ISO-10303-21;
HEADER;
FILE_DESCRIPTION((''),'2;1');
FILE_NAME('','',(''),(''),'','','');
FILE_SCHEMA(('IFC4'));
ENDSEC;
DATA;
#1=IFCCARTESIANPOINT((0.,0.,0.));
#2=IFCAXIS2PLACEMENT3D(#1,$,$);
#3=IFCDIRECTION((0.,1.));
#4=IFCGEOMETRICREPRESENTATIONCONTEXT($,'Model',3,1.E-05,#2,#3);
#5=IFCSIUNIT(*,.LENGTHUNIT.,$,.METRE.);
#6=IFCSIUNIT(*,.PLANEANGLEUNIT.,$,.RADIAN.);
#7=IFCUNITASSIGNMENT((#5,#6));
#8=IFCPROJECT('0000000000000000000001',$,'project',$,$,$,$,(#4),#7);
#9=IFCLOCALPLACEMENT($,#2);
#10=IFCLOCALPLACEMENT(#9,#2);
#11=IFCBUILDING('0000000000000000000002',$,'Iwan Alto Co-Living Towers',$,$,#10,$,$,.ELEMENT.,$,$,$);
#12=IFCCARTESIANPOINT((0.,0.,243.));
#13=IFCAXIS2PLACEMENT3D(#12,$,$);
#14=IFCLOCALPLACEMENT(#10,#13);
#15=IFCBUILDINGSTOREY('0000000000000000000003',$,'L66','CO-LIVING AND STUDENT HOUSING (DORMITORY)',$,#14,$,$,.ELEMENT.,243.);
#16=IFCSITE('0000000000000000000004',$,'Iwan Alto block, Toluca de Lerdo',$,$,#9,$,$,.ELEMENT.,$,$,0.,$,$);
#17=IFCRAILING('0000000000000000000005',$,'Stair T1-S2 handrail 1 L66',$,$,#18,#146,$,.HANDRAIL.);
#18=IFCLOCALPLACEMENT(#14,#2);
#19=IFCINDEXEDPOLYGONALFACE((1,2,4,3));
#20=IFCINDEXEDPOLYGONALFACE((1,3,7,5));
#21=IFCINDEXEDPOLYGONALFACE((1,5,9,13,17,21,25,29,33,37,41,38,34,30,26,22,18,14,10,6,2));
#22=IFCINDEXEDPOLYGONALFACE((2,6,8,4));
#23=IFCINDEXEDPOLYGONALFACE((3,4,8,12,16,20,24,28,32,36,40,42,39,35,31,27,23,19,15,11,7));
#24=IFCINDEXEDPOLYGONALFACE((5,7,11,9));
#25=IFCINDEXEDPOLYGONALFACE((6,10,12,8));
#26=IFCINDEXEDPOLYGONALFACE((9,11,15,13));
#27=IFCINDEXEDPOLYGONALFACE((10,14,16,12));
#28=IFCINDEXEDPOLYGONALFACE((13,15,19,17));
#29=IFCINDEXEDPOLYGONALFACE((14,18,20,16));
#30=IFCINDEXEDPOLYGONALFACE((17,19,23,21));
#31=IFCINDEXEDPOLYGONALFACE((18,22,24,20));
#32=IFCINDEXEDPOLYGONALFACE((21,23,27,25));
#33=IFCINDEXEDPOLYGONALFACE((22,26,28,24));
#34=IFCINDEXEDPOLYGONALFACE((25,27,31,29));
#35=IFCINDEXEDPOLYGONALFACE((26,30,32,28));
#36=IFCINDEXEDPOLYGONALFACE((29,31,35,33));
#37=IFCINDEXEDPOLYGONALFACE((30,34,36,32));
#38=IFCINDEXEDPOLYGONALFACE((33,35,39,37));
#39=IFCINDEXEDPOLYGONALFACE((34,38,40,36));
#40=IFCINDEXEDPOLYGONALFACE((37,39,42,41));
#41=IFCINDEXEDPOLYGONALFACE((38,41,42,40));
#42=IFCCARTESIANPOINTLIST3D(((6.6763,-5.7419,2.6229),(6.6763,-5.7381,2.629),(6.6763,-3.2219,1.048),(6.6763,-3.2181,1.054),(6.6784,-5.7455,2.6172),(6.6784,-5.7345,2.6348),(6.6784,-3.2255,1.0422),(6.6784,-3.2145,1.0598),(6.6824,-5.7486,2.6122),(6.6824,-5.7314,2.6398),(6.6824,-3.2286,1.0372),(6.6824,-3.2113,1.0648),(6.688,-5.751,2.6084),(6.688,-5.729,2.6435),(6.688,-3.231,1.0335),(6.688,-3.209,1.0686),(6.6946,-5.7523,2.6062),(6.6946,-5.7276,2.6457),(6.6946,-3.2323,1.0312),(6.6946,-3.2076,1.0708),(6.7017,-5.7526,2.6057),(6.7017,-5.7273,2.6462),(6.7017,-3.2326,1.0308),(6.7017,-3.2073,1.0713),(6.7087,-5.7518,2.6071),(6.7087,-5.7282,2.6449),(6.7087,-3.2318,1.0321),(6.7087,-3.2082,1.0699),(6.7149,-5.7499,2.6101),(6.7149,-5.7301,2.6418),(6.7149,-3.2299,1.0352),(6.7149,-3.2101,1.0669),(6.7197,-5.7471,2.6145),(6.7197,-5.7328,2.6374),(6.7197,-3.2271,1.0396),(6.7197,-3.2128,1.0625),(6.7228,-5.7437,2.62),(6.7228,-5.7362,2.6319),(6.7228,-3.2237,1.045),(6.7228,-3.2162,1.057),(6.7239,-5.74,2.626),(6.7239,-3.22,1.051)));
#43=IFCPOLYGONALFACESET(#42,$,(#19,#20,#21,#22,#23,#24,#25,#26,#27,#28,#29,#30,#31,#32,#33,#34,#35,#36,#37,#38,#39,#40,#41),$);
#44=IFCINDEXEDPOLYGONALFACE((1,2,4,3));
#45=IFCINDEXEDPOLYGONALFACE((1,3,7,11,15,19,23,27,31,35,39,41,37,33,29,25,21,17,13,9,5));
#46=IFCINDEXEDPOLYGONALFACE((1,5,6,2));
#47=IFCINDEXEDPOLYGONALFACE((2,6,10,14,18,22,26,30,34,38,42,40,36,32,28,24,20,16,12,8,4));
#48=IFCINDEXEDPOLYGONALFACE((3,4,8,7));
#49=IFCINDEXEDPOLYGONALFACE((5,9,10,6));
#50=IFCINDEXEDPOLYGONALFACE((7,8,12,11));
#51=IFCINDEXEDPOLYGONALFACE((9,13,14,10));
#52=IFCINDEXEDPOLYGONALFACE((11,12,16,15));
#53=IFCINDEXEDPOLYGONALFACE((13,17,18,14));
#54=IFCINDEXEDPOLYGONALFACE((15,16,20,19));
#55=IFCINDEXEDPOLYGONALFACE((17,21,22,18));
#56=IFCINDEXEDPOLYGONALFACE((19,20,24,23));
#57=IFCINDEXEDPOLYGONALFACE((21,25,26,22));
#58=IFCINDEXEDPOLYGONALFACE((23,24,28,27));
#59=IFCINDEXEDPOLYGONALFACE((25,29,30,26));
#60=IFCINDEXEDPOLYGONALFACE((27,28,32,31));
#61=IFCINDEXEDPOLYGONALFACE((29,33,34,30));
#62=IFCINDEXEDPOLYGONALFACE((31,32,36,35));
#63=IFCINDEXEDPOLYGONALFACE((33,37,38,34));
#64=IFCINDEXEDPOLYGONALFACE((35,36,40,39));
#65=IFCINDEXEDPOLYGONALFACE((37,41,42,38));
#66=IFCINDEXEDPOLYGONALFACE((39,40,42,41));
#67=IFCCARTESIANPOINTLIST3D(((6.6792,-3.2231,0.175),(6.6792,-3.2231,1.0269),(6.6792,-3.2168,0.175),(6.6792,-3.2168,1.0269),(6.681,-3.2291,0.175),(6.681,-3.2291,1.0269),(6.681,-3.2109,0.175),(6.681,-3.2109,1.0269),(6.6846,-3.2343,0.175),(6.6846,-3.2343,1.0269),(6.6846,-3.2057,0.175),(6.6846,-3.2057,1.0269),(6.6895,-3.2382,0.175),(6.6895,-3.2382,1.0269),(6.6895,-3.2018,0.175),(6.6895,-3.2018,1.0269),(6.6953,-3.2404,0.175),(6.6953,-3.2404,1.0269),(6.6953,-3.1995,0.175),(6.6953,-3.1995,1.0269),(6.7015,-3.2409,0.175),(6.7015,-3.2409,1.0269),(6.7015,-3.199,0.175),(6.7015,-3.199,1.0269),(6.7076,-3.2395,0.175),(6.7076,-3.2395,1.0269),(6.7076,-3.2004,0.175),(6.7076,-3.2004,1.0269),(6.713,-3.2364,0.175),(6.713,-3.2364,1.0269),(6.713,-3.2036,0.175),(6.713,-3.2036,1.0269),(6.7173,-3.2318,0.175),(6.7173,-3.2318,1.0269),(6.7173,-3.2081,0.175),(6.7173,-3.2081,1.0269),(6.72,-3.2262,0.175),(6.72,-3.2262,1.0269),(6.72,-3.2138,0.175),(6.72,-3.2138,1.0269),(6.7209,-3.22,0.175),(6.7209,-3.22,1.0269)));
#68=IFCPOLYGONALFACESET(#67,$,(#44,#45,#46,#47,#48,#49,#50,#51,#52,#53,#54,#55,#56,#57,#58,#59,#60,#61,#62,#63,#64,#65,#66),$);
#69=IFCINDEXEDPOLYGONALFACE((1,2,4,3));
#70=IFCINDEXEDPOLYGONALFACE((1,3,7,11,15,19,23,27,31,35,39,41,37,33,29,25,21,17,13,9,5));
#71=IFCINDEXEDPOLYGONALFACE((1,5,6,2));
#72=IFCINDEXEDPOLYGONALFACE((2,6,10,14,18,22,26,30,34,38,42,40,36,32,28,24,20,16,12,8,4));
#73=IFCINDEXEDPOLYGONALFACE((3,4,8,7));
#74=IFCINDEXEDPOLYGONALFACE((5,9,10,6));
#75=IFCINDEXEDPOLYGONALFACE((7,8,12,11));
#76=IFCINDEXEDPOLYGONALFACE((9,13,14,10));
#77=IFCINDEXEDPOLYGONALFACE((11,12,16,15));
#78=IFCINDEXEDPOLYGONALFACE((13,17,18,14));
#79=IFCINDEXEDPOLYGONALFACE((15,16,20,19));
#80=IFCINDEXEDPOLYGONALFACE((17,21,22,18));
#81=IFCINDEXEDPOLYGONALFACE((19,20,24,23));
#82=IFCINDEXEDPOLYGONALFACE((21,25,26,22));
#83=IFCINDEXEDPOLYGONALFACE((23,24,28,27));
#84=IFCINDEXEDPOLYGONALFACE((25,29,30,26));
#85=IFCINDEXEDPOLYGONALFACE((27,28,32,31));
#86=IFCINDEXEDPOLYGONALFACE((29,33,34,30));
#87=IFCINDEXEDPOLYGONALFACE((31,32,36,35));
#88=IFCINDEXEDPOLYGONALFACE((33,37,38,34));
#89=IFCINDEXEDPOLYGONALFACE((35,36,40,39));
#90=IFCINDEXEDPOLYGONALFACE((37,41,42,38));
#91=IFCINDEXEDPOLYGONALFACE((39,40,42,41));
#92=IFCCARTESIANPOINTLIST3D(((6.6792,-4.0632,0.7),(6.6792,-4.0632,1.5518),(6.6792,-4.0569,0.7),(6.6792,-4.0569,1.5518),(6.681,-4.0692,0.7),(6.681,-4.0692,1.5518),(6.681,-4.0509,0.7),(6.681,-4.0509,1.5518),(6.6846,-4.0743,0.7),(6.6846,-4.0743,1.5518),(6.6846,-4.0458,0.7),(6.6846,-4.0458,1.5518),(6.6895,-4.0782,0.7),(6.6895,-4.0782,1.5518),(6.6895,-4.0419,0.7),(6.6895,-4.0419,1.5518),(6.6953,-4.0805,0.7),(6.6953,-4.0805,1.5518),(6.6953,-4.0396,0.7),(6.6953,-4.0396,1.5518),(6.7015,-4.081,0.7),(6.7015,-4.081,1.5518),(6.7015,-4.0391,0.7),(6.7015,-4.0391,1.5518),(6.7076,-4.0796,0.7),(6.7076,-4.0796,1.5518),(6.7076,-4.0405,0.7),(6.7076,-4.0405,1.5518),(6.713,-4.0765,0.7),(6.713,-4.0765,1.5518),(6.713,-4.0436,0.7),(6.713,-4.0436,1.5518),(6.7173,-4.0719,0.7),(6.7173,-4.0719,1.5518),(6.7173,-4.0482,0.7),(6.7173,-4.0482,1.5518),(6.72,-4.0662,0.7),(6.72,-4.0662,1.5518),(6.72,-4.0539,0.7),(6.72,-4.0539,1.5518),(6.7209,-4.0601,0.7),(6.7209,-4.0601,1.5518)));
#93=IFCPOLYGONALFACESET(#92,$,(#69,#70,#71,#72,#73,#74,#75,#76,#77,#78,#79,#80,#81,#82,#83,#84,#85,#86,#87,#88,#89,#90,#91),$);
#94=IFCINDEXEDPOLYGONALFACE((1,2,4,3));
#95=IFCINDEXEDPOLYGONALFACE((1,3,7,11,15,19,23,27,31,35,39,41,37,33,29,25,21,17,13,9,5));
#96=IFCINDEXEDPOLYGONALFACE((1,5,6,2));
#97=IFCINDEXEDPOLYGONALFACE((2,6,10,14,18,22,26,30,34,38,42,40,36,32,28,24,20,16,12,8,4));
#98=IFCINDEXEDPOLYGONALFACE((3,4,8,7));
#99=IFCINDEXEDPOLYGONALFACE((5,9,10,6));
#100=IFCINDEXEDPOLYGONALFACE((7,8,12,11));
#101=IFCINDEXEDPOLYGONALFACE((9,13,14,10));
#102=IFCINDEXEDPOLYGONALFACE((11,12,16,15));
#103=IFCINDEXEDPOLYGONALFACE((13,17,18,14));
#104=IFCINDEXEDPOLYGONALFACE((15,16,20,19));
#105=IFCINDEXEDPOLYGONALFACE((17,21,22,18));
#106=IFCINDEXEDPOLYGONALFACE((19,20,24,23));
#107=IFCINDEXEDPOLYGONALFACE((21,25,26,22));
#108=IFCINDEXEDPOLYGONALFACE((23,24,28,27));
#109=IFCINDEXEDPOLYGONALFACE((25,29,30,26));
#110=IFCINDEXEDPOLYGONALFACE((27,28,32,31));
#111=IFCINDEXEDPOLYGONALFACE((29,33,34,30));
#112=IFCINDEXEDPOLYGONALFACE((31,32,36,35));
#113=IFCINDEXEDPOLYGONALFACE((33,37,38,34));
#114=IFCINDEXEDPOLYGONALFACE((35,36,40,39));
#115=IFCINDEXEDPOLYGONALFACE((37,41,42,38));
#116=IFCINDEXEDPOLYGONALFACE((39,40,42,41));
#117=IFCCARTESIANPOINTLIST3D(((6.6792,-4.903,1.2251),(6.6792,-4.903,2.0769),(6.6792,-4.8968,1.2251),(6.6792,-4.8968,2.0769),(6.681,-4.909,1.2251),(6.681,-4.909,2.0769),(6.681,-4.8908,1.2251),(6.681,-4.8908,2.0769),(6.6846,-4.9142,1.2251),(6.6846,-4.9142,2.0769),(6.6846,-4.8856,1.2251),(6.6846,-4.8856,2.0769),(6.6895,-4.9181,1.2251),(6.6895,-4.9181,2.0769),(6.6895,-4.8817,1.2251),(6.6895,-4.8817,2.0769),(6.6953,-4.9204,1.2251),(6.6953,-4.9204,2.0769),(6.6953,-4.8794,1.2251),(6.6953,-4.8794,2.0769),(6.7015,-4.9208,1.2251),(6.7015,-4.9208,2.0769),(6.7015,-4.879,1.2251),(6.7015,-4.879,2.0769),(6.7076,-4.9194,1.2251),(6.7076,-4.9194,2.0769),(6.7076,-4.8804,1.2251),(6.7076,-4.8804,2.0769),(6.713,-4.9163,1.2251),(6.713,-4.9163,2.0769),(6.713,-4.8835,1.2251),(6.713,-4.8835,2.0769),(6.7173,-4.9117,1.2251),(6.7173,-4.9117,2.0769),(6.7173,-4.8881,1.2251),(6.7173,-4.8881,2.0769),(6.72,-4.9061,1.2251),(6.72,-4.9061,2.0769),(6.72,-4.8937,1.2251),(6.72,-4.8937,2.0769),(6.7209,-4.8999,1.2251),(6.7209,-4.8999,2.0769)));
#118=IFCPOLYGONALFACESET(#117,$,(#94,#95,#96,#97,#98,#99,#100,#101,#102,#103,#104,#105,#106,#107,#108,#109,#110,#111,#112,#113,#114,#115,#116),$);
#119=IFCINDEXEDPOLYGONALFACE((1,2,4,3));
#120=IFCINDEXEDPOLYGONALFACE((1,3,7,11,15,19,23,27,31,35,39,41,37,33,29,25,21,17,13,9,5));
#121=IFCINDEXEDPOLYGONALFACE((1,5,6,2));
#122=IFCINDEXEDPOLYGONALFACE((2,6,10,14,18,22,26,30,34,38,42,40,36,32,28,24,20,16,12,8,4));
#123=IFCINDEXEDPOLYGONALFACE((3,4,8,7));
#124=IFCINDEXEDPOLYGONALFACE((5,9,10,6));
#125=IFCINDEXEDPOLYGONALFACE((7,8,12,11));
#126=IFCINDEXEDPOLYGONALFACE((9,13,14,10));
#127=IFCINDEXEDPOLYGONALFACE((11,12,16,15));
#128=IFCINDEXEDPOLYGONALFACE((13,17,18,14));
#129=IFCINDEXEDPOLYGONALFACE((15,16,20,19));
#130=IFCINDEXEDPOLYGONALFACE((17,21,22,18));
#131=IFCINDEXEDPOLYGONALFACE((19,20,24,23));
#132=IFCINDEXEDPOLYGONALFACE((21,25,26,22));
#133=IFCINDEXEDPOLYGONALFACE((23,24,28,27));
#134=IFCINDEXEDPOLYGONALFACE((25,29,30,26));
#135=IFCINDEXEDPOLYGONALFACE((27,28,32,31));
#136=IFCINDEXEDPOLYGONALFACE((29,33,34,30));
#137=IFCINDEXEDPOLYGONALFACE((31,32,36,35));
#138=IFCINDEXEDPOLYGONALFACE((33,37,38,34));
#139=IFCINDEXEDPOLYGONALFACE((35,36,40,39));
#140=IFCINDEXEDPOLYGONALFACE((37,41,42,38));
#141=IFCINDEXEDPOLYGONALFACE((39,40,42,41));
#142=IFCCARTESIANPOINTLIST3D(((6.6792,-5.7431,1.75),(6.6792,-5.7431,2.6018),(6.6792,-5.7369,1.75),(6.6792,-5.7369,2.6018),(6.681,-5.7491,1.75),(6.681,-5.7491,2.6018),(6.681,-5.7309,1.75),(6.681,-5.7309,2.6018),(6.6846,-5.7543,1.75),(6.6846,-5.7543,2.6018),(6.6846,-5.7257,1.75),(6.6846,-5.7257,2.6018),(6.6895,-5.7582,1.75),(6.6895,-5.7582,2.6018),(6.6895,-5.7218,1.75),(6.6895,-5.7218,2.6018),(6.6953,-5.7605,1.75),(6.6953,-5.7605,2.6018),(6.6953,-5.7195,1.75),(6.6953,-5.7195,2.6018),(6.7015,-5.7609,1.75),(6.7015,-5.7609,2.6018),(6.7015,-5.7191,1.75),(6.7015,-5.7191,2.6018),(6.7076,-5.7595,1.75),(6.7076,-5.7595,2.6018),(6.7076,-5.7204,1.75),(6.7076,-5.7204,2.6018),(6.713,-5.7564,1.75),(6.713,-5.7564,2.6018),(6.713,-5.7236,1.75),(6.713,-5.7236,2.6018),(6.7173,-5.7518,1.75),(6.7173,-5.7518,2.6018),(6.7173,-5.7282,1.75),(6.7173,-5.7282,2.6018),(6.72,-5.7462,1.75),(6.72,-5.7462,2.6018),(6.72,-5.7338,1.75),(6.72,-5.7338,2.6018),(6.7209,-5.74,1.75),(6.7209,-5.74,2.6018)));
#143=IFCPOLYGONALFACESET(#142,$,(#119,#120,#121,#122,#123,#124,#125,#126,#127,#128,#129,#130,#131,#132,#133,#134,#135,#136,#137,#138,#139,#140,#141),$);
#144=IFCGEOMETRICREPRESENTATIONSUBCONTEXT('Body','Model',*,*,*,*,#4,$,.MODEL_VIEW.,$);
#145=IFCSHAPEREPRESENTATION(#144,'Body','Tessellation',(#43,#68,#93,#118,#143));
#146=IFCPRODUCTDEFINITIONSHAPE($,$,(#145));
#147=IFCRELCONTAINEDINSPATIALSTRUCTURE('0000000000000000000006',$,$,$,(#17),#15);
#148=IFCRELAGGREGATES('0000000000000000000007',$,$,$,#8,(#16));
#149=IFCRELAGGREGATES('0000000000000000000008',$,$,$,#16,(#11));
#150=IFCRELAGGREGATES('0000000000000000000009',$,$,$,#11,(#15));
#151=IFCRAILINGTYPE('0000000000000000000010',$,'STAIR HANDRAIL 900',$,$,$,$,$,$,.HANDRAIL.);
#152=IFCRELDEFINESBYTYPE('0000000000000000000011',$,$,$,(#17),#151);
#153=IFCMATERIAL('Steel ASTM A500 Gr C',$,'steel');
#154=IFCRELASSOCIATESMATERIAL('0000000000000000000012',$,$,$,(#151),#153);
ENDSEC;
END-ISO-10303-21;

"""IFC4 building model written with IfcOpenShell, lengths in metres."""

from ifc_helpers import new_model, si_unit, direction, frame, origin, origin_2d, place, context, subcontext, project, spatial, circle, extrude, material, type_object, element, save


model = new_model("IFC4")

# Units and contexts
model_context = context("Model", 3, precision=1e-05, world=origin(), true_north=direction((0.0, 1.0)))
body_context = subcontext(model_context, "Body", "Model", "MODEL_VIEW")
ifc_project = project(units=[si_unit("LENGTHUNIT", "METRE"), si_unit("PLANEANGLEUNIT", "RADIAN")], contexts=[model_context])

# Site, building, storey
site_placement = place(None, origin())
site = spatial("IfcSite", under=ifc_project, at=site_placement, Name="Iwan Alto block, Toluca de Lerdo", CompositionType="ELEMENT", RefElevation=0.0)
building_placement = place(site_placement, origin())
building = spatial("IfcBuilding", under=site, at=building_placement, Name="Iwan Alto Co-Living Towers", CompositionType="ELEMENT")
storey_placement = place(building_placement, frame((0.0, 0.0, 243.0)))
storey = spatial("IfcBuildingStorey", under=building, at=storey_placement, Name="L66", Description="CO-LIVING AND STUDENT HOUSING (DORMITORY)", CompositionType="ELEMENT", Elevation=243.0)

# Railing
ifc_material_1 = material(Name="Steel ASTM A500 Gr C", Category="steel")
railing_type_1 = type_object("IfcRailingType", Name="STAIR HANDRAIL 900", PredefinedType="HANDRAIL", material=ifc_material_1)
railing_1_placement = place(storey_placement, frame((6.7, -3.22, 0.175)))
element("IfcRailing", 1, at=railing_1_placement, inside=storey, type_object=railing_type_1, Name="Stair T1-S2 handrail 1 L66", PredefinedType="HANDRAIL", context=body_context, shape_type="SweptSolid", body=[
    extrude(circle(Radius=0.0239, at=origin_2d()), frame((0.0, 0.0, 0.876), z_axis=(0.0, -0.848008, 0.529984), x_axis=(1.0, 0.0, 0.0)), (0.0, 0.0, 1.0), 2.9717),
    extrude(circle(Radius=0.021, at=origin_2d()), origin(), (0.0, 0.0, 1.0), 0.8518),
    extrude(circle(Radius=0.021, at=origin_2d()), frame((0.0, -0.8401, 0.5249)), (0.0, 0.0, 1.0), 0.8518),
    extrude(circle(Radius=0.021, at=origin_2d()), frame((0.0, -1.6799, 1.05)), (0.0, 0.0, 1.0), 0.8518),
    extrude(circle(Radius=0.021, at=origin_2d()), frame((0.0, -2.52, 1.575)), (0.0, 0.0, 1.0), 0.8518),
])

save(model, "model.ifc")
